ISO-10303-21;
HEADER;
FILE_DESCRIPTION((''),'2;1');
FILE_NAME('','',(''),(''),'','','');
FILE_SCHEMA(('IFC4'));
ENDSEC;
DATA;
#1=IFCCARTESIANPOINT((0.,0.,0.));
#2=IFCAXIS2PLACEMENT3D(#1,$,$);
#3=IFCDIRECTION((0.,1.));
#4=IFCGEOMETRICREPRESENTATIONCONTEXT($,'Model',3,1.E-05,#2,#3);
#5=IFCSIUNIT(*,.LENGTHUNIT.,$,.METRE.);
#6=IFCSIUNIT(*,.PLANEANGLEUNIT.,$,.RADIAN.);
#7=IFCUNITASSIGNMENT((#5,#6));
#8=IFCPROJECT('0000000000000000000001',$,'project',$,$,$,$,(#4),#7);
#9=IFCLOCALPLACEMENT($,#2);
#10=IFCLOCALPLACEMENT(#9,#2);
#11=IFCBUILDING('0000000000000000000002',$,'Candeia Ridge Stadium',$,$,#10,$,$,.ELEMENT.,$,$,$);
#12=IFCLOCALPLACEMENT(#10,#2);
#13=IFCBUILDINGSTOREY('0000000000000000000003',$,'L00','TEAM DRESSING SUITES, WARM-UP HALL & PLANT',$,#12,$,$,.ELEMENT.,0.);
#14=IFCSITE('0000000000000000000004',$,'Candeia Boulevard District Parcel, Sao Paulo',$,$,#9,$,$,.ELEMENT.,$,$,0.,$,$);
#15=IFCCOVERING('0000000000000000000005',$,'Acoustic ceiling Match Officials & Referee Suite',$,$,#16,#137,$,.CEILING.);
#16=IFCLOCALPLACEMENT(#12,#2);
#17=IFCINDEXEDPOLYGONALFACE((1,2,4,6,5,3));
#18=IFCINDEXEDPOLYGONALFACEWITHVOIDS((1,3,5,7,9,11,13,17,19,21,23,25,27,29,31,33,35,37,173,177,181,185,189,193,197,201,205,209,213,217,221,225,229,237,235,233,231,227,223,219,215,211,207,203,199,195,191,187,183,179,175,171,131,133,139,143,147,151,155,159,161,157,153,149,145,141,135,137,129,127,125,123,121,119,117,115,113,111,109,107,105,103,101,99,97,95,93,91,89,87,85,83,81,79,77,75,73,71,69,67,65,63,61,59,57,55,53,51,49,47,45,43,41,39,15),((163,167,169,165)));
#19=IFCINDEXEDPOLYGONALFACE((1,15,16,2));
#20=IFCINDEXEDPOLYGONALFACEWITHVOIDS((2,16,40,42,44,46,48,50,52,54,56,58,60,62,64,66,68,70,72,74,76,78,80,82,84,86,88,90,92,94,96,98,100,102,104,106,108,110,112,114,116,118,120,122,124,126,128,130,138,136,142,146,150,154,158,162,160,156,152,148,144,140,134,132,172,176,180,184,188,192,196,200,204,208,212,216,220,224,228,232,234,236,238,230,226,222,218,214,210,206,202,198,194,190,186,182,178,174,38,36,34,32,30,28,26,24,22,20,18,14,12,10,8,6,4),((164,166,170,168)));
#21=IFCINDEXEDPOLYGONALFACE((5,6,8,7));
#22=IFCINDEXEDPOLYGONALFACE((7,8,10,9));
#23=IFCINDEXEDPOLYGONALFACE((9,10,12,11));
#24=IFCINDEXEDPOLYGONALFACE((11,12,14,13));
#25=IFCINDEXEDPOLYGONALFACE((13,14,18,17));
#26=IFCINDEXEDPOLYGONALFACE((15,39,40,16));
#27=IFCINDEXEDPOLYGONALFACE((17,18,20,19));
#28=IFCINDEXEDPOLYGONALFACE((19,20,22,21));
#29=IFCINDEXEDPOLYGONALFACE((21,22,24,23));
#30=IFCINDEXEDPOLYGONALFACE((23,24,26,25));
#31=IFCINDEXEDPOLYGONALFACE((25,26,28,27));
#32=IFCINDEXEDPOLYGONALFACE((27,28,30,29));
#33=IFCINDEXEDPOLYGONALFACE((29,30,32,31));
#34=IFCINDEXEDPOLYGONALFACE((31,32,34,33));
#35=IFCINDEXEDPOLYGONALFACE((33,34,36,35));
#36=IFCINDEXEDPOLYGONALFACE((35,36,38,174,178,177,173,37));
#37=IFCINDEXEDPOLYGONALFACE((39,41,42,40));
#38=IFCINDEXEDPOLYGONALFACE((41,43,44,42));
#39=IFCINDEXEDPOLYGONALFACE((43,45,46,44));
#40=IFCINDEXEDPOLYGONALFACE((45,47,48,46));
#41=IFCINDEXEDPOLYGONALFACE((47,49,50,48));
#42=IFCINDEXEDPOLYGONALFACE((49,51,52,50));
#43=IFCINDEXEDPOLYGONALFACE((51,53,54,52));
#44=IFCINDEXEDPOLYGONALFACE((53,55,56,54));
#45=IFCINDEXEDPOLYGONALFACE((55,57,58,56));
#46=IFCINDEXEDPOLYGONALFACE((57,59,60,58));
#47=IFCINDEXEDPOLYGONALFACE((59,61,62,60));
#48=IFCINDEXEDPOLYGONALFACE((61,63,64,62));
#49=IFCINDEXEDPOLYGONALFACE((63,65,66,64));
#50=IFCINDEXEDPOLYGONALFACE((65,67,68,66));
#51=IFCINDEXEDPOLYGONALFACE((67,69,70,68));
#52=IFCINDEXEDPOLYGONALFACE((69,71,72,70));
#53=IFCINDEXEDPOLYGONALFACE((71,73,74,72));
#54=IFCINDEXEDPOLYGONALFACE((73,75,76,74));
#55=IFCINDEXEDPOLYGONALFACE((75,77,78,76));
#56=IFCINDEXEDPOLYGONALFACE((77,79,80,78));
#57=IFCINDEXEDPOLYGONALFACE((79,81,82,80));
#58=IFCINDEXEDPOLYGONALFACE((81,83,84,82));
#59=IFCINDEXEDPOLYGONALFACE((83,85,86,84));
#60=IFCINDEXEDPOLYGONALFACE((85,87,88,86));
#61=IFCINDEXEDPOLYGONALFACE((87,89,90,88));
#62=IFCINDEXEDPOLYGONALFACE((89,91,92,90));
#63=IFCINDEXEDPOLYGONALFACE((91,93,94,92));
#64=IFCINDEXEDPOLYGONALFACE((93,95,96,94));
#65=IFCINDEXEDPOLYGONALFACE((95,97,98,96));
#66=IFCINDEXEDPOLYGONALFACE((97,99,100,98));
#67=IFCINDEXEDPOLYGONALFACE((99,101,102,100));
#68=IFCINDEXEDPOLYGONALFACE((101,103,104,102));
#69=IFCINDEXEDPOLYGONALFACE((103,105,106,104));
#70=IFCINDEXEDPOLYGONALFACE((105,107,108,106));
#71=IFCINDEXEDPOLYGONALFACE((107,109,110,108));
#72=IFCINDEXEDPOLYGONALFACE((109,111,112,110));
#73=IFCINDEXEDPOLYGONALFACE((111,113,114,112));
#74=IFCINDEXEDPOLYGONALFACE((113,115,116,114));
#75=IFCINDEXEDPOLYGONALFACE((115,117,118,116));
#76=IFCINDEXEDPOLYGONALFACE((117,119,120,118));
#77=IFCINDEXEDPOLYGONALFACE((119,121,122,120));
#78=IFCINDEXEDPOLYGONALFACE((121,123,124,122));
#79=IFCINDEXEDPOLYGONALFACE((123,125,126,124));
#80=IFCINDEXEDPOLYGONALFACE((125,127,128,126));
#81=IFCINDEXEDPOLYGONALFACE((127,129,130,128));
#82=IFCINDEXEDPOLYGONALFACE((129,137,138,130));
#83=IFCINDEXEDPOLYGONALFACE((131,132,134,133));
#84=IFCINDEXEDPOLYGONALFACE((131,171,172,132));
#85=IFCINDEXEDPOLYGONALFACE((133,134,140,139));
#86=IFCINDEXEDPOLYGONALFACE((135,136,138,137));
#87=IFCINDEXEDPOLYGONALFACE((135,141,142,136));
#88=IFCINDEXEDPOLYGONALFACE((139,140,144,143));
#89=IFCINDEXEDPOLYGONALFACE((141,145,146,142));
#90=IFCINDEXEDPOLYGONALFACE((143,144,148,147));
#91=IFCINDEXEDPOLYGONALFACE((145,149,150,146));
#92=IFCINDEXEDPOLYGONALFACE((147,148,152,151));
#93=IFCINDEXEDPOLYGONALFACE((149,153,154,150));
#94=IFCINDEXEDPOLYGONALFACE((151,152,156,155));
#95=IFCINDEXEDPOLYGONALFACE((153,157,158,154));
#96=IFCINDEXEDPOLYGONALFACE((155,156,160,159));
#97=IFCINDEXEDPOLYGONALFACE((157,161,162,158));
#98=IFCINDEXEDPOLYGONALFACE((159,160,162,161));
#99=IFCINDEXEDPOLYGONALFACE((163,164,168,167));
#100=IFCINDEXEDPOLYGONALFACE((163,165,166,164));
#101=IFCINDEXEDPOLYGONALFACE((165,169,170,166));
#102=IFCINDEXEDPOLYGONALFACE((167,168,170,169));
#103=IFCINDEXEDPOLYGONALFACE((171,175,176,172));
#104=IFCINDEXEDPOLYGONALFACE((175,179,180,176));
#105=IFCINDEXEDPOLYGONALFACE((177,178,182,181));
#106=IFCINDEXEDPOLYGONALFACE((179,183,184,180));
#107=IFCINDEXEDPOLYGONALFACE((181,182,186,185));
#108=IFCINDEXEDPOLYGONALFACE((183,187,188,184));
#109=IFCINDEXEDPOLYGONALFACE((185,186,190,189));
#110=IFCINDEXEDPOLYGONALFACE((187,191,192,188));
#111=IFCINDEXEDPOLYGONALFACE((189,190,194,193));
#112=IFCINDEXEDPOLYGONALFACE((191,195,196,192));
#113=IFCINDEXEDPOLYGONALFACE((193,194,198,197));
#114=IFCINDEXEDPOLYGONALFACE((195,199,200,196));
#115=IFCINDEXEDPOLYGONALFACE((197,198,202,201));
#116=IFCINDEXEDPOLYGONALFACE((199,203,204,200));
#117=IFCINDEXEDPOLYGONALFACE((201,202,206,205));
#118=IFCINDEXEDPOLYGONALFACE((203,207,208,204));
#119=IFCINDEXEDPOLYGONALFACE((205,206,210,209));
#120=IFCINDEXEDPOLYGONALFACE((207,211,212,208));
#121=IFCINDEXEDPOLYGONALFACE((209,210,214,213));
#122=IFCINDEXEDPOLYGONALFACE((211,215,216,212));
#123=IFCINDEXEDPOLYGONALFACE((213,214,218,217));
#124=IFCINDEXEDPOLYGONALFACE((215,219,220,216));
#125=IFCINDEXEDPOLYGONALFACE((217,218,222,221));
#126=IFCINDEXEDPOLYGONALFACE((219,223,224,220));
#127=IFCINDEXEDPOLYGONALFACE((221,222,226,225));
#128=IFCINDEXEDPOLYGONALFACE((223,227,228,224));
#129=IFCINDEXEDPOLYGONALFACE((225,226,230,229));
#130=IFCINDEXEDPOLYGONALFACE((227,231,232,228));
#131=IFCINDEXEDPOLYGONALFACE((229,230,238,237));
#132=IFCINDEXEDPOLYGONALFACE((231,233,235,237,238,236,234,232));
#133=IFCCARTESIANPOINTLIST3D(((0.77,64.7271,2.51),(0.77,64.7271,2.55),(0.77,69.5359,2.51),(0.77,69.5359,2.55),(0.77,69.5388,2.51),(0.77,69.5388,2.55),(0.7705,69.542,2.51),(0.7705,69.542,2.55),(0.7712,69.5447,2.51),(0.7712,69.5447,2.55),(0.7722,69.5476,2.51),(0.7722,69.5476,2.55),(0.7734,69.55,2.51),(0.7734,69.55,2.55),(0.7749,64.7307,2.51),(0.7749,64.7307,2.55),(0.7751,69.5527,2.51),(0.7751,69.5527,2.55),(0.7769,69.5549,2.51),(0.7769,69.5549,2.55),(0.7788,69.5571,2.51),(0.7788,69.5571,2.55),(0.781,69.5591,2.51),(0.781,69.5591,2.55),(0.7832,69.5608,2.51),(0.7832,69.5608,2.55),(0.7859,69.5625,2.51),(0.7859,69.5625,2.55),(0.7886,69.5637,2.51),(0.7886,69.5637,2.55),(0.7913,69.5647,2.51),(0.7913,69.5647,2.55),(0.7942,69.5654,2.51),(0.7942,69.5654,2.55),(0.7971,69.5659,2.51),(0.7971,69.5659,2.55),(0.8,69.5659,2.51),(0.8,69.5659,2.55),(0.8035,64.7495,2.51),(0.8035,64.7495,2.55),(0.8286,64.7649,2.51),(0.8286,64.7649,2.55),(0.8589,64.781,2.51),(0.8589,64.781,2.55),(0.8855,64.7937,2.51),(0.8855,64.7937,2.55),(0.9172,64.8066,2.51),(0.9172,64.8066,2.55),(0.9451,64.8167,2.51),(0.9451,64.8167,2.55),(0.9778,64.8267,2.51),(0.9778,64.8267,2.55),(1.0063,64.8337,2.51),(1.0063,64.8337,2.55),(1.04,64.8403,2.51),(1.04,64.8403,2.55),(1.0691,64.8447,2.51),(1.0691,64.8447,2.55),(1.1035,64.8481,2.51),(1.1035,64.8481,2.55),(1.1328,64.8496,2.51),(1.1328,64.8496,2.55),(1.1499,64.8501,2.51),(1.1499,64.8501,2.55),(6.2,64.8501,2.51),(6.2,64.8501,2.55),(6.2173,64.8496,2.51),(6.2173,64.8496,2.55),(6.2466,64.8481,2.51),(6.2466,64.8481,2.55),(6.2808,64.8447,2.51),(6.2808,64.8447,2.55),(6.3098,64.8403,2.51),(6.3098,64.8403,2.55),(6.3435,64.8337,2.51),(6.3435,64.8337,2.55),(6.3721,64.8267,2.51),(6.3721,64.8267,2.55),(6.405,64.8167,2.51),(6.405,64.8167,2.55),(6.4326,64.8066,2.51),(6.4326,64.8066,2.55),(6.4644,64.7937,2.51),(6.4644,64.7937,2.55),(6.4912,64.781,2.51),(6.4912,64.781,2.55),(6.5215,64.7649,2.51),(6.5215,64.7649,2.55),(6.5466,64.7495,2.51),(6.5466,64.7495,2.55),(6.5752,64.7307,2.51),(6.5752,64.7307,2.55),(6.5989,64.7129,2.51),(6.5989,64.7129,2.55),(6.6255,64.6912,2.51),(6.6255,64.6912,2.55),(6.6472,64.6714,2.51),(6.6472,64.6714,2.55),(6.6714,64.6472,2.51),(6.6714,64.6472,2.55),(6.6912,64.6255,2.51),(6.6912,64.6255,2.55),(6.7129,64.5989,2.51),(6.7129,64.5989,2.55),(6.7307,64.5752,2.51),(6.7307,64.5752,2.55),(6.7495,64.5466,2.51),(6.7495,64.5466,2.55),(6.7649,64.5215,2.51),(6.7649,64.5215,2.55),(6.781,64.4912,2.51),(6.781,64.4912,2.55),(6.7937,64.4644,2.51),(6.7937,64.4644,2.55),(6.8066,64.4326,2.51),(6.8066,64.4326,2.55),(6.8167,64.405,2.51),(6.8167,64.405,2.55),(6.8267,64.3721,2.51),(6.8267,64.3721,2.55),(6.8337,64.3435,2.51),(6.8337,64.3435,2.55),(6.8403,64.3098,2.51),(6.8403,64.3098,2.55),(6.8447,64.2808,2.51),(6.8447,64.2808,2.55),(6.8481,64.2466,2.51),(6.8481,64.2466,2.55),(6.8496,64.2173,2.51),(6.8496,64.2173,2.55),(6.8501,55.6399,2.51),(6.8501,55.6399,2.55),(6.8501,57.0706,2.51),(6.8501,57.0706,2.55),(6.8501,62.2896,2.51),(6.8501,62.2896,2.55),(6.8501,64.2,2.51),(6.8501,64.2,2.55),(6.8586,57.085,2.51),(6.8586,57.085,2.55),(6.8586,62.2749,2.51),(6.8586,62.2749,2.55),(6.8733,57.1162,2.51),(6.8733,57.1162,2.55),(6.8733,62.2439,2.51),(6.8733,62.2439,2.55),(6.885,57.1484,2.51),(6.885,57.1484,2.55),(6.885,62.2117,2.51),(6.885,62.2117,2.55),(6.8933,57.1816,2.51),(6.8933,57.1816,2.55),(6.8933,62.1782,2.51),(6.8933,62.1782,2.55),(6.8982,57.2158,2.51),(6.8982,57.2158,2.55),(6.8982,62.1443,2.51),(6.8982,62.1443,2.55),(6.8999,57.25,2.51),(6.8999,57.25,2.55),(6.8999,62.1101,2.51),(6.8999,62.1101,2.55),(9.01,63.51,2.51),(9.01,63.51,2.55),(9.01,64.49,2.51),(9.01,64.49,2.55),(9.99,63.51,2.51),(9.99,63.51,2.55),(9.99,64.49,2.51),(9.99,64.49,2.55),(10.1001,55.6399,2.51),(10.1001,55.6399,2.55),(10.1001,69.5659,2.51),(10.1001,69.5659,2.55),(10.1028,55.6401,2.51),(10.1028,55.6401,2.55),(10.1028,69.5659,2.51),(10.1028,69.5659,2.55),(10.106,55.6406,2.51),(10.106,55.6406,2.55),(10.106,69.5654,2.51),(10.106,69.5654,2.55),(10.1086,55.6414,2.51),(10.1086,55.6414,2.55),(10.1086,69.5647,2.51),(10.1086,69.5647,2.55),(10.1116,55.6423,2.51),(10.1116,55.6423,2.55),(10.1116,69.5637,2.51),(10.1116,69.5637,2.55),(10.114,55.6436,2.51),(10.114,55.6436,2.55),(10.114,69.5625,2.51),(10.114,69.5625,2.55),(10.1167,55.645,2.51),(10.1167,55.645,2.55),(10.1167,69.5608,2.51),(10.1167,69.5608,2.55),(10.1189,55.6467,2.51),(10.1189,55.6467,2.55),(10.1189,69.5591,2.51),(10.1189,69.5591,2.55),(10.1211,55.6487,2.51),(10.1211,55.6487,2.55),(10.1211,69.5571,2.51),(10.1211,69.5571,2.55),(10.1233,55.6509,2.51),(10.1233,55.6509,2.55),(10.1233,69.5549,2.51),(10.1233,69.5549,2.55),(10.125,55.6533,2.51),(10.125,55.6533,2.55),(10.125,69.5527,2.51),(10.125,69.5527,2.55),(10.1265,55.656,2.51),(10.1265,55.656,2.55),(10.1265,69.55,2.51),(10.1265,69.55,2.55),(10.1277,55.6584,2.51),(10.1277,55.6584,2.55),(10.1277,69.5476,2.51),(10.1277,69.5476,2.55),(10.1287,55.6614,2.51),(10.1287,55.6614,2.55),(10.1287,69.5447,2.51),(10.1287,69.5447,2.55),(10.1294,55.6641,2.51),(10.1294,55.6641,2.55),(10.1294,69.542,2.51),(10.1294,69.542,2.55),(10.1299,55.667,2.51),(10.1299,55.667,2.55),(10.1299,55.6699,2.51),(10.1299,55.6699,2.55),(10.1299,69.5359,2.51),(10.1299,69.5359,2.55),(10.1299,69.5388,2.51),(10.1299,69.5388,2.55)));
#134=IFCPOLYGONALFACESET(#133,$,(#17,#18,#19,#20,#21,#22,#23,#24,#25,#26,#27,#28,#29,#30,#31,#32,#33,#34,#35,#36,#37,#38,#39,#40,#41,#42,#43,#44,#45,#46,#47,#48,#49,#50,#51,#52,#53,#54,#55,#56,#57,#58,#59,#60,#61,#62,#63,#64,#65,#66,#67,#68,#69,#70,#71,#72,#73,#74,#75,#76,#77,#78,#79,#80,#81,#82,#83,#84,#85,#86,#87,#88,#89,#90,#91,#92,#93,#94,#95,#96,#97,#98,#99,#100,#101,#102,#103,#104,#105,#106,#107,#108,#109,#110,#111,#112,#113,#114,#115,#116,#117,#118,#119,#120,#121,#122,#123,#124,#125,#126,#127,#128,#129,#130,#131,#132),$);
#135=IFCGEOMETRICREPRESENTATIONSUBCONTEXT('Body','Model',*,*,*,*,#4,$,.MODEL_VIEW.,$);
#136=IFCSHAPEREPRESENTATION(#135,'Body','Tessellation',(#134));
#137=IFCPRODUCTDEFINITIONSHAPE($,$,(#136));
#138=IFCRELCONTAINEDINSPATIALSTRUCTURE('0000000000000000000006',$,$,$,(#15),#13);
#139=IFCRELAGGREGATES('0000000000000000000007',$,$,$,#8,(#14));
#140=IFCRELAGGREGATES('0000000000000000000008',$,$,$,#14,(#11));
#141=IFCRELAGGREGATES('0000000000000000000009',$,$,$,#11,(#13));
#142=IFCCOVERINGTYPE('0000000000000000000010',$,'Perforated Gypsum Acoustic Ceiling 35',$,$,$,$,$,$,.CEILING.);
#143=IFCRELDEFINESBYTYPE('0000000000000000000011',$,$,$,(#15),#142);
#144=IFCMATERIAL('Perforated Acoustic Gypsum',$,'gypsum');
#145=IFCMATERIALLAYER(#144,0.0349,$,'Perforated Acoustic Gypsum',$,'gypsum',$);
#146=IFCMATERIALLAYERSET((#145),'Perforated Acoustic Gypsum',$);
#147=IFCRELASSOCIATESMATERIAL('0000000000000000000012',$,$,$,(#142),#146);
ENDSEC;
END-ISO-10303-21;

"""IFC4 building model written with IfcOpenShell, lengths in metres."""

from ifc_helpers import new_model, si_unit, direction, frame, origin, place, context, subcontext, project, spatial, polyline, outline, extrude, material, layer, layer_set, type_object, element, save


model = new_model("IFC4")

# Units and contexts
model_context = context("Model", 3, precision=1e-05, world=origin(), true_north=direction((0.0, 1.0)))
body_context = subcontext(model_context, "Body", "Model", "MODEL_VIEW")
ifc_project = project(units=[si_unit("LENGTHUNIT", "METRE"), si_unit("PLANEANGLEUNIT", "RADIAN")], contexts=[model_context])

# Site, building, storey
site_placement = place(None, origin())
site = spatial("IfcSite", under=ifc_project, at=site_placement, Name="Candeia Boulevard District Parcel, Sao Paulo", CompositionType="ELEMENT", RefElevation=0.0)
building_placement = place(site_placement, origin())
building = spatial("IfcBuilding", under=site, at=building_placement, Name="Candeia Ridge Stadium", CompositionType="ELEMENT")
storey_placement = place(building_placement, origin())
storey = spatial("IfcBuildingStorey", under=building, at=storey_placement, Name="L00", Description="TEAM DRESSING SUITES, WARM-UP HALL & PLANT", CompositionType="ELEMENT", Elevation=0.0)

# Covering
ifc_material_1 = material(Name="Perforated Acoustic Gypsum", Category="gypsum")
ifc_layer_1 = layer(ifc_material_1, 0.0349, Name="Perforated Acoustic Gypsum", Category="gypsum")
ifc_layer_set_1 = layer_set([ifc_layer_1], Name="Perforated Acoustic Gypsum")
covering_type_1 = type_object("IfcCoveringType", Name="Perforated Gypsum Acoustic Ceiling 35", PredefinedType="CEILING", material=ifc_layer_set_1)
covering_1_placement = place(storey_placement, frame((0.0, 0.0, 2.51)))
element("IfcCovering", 1, at=covering_1_placement, inside=storey, type_object=covering_type_1, Name="Acoustic ceiling Match Officials & Referee Suite", PredefinedType="CEILING", context=body_context, shape_type="SweptSolid", body=[
    extrude(outline(polyline([(0.77, 69.5359), (0.77, 69.5388), (0.7705, 69.542), (0.7712, 69.5447), (0.7722, 69.5476), (0.7734, 69.55), (0.7751, 69.5527), (0.7769, 69.5549), (0.7788, 69.5571), (0.781, 69.5591), (0.7832, 69.5608), (0.7859, 69.5625), (0.7886, 69.5637), (0.7913, 69.5647), (0.7942, 69.5654), (0.7971, 69.5659), (0.8, 69.5659), (10.1001, 69.5659), (10.1028, 69.5659), (10.106, 69.5654), (10.1086, 69.5647), (10.1116, 69.5637), (10.114, 69.5625), (10.1167, 69.5608), (10.1189, 69.5591), (10.1211, 69.5571), (10.1233, 69.5549), (10.125, 69.5527), (10.1265, 69.55), (10.1277, 69.5476), (10.1287, 69.5447), (10.1294, 69.542), (10.1299, 69.5388), (10.1299, 69.5359), (10.1299, 55.6699), (10.1299, 55.667), (10.1294, 55.6641), (10.1287, 55.6614), (10.1277, 55.6584), (10.1265, 55.656), (10.125, 55.6533), (10.1233, 55.6509), (10.1211, 55.6487), (10.1189, 55.6467), (10.1167, 55.645), (10.114, 55.6436), (10.1116, 55.6423), (10.1086, 55.6414), (10.106, 55.6406), (10.1028, 55.6401), (10.1001, 55.6399), (6.8501, 55.6399), (6.8501, 57.0706), (6.8586, 57.085), (6.8733, 57.1162), (6.885, 57.1484), (6.8933, 57.1816), (6.8982, 57.2158), (6.8999, 57.25), (6.8999, 62.1101), (6.8982, 62.1443), (6.8933, 62.1782), (6.885, 62.2117), (6.8733, 62.2439), (6.8586, 62.2749), (6.8501, 62.2896), (6.8501, 64.2), (6.8496, 64.2173), (6.8481, 64.2466), (6.8447, 64.2808), (6.8403, 64.3098), (6.8337, 64.3435), (6.8267, 64.3721), (6.8167, 64.405), (6.8066, 64.4326), (6.7937, 64.4644), (6.781, 64.4912), (6.7649, 64.5215), (6.7495, 64.5466), (6.7307, 64.5752), (6.7129, 64.5989), (6.6912, 64.6255), (6.6714, 64.6472), (6.6472, 64.6714), (6.6255, 64.6912), (6.5989, 64.7129), (6.5752, 64.7307), (6.5466, 64.7495), (6.5215, 64.7649), (6.4912, 64.781), (6.4644, 64.7937), (6.4326, 64.8066), (6.405, 64.8167), (6.3721, 64.8267), (6.3435, 64.8337), (6.3098, 64.8403), (6.2808, 64.8447), (6.2466, 64.8481), (6.2173, 64.8496), (6.2, 64.8501), (1.1499, 64.8501), (1.1328, 64.8496), (1.1035, 64.8481), (1.0691, 64.8447), (1.04, 64.8403), (1.0063, 64.8337), (0.9778, 64.8267), (0.9451, 64.8167), (0.9172, 64.8066), (0.8855, 64.7937), (0.8589, 64.781), (0.8286, 64.7649), (0.8035, 64.7495), (0.7749, 64.7307), (0.77, 64.7271), (0.77, 69.5359)]), holes=[polyline([(9.99, 64.49), (9.01, 64.49), (9.01, 63.51), (9.99, 63.51), (9.99, 64.49)])]), origin(), (0.0, 0.0, 1.0), 0.04),
])

save(model, "model.ifc")
